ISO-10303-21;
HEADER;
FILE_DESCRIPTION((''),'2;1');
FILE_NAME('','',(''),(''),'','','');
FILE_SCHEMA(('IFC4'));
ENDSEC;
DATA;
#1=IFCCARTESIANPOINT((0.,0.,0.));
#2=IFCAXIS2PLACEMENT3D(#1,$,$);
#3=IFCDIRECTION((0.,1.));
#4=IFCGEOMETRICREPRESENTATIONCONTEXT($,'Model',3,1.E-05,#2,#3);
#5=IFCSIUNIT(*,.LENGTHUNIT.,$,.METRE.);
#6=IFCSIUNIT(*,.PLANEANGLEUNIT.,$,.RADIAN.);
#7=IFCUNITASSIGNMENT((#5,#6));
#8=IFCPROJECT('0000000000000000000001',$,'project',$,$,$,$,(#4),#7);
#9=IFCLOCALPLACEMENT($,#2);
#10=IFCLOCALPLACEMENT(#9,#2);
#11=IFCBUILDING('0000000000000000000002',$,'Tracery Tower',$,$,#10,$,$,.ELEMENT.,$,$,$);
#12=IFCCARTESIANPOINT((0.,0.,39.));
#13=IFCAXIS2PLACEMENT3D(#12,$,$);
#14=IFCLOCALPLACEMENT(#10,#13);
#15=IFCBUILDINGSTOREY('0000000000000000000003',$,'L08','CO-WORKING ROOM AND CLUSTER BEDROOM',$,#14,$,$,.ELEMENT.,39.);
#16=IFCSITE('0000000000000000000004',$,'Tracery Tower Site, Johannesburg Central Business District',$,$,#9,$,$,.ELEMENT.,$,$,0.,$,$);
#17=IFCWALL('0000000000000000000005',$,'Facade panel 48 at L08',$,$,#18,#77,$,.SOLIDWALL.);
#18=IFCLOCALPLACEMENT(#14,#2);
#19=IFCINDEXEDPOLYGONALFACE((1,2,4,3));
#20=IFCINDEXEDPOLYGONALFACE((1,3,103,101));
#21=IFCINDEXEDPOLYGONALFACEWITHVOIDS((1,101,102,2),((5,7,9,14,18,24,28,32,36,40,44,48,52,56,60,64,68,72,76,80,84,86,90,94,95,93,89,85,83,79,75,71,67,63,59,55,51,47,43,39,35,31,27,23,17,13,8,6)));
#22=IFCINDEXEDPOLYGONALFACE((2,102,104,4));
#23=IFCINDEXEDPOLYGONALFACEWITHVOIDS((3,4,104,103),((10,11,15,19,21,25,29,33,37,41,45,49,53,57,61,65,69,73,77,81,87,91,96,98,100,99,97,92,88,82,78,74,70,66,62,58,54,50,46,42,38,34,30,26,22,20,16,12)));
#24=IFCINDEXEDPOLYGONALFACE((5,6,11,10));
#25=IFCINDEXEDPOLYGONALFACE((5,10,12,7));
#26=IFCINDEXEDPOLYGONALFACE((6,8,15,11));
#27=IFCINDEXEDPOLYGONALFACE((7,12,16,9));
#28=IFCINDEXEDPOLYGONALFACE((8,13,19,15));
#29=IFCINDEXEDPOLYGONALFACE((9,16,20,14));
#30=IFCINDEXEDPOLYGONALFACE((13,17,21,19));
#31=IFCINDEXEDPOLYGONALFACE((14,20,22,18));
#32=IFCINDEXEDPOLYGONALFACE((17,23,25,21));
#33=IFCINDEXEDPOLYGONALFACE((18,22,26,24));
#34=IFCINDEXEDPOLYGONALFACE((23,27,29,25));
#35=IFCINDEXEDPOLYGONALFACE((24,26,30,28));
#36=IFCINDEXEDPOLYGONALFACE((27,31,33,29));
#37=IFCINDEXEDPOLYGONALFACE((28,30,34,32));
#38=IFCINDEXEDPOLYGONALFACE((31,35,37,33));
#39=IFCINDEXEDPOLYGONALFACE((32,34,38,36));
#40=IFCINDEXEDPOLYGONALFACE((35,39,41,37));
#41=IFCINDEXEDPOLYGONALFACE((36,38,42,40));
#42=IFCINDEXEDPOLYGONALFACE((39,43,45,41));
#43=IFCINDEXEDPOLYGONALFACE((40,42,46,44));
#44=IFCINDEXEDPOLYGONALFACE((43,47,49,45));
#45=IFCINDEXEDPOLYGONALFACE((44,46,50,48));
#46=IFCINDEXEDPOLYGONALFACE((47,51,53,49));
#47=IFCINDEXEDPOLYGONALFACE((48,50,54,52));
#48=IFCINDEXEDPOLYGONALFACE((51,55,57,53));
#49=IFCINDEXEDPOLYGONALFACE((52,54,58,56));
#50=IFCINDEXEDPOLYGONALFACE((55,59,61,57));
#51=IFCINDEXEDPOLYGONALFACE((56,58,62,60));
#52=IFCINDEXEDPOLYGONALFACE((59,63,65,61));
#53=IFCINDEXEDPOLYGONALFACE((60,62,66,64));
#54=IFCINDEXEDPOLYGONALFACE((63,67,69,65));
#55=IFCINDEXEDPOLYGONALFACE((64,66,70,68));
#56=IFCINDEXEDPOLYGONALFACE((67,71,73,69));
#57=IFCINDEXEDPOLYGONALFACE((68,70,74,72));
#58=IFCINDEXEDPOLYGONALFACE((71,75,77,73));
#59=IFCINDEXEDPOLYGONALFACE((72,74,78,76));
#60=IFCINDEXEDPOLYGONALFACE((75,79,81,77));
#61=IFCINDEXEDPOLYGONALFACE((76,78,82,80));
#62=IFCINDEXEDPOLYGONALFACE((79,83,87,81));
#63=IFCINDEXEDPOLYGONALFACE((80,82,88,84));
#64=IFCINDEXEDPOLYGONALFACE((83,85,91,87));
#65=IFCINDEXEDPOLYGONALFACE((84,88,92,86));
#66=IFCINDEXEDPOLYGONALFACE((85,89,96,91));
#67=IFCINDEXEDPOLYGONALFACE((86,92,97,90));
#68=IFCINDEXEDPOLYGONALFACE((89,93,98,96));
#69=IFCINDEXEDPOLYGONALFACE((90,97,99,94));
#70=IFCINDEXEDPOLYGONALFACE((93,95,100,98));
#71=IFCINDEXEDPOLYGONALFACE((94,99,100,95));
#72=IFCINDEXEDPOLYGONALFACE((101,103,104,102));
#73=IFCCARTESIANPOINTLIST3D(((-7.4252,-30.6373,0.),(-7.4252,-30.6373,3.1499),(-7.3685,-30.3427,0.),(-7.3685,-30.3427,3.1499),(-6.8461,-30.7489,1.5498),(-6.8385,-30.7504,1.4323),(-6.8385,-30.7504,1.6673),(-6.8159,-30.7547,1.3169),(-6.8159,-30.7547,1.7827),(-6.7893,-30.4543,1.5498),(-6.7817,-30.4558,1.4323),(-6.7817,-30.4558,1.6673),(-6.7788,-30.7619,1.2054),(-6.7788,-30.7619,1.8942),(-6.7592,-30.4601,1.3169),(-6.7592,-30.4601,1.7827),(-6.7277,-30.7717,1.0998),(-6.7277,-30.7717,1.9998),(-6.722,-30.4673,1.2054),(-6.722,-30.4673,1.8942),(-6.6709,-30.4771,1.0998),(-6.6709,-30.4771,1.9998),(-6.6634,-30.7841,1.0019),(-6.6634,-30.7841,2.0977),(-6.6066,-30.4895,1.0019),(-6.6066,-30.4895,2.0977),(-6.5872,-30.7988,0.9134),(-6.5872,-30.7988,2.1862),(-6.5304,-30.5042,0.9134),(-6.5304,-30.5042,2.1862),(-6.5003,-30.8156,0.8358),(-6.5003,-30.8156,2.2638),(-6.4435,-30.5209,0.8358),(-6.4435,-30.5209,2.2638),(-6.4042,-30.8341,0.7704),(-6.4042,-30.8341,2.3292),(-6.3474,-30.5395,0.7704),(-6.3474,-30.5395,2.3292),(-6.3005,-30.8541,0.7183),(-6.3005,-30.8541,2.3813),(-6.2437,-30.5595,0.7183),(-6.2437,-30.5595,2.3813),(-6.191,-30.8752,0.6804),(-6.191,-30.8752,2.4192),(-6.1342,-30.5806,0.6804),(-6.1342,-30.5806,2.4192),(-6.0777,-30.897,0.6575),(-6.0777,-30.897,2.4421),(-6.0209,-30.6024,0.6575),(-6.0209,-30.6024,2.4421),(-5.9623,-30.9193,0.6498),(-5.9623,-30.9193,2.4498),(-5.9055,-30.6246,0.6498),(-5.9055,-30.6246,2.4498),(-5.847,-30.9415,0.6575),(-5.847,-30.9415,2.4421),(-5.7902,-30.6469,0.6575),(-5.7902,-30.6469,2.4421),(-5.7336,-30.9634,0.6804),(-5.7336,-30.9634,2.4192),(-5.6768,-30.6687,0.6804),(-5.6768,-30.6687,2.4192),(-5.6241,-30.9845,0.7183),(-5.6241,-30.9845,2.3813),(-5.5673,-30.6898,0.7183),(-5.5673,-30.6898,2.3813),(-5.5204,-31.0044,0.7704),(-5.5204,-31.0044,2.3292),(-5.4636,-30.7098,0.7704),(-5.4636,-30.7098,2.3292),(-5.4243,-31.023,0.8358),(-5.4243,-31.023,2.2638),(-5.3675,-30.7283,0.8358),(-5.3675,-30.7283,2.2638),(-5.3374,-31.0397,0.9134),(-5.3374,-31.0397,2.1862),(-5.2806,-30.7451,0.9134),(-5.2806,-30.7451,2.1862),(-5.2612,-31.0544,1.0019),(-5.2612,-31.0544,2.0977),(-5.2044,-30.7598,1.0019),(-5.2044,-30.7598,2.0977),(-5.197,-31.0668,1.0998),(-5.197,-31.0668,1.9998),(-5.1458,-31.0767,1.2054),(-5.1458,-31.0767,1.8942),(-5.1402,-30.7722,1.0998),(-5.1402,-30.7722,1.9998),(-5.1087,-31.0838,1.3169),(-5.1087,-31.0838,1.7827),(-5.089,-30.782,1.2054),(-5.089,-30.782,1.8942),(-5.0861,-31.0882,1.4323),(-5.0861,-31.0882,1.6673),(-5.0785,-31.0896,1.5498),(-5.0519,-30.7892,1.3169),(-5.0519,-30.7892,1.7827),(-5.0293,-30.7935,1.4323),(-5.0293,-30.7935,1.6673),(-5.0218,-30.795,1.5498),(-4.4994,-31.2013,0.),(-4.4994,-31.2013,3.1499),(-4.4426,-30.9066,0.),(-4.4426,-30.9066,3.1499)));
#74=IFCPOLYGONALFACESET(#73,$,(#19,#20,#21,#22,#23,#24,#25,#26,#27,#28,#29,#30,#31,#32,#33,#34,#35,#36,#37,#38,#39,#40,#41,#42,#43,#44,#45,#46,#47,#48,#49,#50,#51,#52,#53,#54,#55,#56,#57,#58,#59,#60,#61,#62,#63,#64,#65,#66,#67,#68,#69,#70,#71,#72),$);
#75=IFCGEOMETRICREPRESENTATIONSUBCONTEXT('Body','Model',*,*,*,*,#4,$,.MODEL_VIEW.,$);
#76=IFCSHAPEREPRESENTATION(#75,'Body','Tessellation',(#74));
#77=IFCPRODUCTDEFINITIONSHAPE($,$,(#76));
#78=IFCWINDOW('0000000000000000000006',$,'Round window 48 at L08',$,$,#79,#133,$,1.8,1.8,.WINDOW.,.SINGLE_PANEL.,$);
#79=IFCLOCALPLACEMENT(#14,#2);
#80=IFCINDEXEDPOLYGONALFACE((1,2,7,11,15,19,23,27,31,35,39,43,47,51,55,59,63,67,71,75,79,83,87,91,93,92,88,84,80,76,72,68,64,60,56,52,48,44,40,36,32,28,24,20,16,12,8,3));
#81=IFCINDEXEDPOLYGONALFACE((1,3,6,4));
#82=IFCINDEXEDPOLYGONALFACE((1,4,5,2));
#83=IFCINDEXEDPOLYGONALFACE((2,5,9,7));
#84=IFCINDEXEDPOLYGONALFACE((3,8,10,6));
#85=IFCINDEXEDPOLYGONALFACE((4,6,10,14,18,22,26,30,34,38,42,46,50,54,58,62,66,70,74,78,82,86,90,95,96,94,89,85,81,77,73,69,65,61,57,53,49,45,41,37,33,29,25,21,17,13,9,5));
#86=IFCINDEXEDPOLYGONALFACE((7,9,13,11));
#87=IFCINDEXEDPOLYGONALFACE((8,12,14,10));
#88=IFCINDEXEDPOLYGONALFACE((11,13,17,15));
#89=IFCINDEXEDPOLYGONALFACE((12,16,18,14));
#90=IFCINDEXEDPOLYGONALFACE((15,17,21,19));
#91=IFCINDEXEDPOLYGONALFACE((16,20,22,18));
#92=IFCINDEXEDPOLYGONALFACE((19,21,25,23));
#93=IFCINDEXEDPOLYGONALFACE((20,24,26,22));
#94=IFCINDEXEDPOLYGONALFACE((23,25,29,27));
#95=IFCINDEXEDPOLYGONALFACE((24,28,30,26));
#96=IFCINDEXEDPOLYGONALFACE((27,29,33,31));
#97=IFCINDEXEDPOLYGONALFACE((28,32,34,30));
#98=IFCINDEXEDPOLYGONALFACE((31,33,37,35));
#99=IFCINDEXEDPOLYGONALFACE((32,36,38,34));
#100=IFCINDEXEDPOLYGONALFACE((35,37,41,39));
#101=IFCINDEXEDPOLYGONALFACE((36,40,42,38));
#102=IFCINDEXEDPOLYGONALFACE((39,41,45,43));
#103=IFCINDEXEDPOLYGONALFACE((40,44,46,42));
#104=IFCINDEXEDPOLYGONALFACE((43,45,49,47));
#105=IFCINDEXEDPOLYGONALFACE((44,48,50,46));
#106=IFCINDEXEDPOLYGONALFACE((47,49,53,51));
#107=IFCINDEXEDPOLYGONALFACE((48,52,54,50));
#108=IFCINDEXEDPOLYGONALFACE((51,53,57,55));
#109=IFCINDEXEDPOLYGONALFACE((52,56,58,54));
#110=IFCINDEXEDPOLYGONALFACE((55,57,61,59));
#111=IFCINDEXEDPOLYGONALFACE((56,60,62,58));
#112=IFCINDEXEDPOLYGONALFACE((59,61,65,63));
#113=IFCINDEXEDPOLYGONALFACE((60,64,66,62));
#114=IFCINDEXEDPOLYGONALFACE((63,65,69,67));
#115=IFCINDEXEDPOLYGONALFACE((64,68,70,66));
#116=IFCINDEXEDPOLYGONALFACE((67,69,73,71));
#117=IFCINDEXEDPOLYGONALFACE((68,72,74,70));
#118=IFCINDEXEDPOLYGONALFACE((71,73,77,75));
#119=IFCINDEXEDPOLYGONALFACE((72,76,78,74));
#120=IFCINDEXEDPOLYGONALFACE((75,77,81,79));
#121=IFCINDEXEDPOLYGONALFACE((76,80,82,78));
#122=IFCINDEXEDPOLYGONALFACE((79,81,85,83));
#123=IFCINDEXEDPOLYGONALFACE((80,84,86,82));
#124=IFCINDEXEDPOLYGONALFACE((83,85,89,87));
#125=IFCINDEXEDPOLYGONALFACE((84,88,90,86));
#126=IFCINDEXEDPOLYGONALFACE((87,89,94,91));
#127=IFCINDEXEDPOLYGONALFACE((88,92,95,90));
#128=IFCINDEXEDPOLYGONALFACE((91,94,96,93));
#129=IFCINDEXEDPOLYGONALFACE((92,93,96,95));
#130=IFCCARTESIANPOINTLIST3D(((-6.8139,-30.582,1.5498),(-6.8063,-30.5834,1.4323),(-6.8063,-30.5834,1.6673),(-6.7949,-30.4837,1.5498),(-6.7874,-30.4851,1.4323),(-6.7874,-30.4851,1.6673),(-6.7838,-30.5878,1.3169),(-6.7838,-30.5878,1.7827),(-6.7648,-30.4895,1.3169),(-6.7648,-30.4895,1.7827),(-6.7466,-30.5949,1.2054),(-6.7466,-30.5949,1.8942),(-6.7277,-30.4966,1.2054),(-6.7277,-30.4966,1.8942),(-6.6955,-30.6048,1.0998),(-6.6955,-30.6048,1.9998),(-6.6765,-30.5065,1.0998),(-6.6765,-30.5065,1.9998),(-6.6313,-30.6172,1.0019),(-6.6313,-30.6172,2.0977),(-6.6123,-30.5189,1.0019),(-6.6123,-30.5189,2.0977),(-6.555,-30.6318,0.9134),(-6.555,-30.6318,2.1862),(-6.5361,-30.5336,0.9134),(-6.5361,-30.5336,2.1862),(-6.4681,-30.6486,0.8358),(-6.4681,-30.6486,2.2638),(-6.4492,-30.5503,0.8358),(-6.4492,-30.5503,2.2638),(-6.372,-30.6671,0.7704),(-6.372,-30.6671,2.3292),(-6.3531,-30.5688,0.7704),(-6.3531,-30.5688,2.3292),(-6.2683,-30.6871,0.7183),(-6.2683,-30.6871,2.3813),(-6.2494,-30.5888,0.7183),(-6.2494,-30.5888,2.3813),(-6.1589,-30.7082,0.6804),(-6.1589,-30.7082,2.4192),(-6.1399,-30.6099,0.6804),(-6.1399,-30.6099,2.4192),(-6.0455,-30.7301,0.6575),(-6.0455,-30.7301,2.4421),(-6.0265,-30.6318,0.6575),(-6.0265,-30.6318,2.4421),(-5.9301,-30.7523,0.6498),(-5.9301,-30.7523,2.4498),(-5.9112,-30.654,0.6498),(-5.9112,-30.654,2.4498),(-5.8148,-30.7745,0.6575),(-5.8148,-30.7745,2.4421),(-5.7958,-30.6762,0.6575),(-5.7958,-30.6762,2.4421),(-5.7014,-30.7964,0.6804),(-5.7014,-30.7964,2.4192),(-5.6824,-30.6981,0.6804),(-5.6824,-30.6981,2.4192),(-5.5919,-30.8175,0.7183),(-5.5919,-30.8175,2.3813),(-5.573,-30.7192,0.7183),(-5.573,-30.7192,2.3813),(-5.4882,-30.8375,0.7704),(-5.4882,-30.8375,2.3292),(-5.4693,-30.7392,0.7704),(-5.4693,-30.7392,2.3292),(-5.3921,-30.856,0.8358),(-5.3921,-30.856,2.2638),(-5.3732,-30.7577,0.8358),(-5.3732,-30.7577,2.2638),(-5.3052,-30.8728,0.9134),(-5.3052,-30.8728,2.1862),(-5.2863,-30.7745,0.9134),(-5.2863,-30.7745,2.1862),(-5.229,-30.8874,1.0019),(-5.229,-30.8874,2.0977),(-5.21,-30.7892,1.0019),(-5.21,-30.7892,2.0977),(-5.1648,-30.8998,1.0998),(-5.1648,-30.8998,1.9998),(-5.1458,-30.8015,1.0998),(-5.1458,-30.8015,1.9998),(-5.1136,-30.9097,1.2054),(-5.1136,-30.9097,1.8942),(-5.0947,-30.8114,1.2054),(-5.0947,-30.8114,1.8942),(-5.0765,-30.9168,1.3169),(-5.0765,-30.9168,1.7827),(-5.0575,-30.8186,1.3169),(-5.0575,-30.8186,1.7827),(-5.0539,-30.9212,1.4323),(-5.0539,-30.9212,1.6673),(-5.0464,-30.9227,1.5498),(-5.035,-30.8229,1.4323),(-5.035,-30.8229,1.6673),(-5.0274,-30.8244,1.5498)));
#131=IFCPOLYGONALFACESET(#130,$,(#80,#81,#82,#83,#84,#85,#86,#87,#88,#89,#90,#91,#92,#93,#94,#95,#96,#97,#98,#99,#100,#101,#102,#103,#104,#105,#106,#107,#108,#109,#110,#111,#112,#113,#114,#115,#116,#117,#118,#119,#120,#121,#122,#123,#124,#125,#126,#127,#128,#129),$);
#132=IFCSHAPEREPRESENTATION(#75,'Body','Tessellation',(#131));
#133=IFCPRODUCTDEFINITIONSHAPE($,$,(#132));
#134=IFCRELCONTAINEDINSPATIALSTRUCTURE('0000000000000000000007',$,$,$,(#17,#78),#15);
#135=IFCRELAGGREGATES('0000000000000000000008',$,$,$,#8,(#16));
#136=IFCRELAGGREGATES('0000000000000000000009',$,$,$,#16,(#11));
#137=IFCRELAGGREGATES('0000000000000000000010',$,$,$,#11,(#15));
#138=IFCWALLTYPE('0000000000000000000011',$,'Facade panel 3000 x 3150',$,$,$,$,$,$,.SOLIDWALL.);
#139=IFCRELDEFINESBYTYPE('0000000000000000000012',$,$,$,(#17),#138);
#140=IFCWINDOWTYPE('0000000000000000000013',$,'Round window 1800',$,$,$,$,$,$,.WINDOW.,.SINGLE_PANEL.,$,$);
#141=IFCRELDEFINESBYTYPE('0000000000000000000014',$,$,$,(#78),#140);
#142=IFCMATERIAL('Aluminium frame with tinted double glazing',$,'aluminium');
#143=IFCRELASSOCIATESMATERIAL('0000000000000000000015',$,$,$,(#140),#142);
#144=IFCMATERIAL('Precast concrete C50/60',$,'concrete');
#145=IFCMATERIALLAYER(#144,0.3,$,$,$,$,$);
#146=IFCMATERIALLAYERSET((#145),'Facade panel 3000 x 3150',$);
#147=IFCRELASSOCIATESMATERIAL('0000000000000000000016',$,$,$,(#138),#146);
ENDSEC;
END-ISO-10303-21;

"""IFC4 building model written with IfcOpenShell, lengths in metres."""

from ifc_helpers import new_model, si_unit, direction, frame, frame_2d, origin, origin_2d, place, context, subcontext, project, spatial, rectangle, circle, extrude, material, layer, layer_set, type_object, element, fill, save


model = new_model("IFC4")

# Units and contexts
model_context = context("Model", 3, precision=1e-05, world=origin(), true_north=direction((0.0, 1.0)))
body_context = subcontext(model_context, "Body", "Model", "MODEL_VIEW")
ifc_project = project(units=[si_unit("LENGTHUNIT", "METRE"), si_unit("PLANEANGLEUNIT", "RADIAN")], contexts=[model_context])

# Site, building, storey
site_placement = place(None, origin())
site = spatial("IfcSite", under=ifc_project, at=site_placement, Name="Tracery Tower Site, Johannesburg Central Business District", CompositionType="ELEMENT", RefElevation=0.0)
building_placement = place(site_placement, origin())
building = spatial("IfcBuilding", under=site, at=building_placement, Name="Tracery Tower", CompositionType="ELEMENT")
storey_placement = place(building_placement, frame((0.0, 0.0, 39.0)))
storey = spatial("IfcBuildingStorey", under=building, at=storey_placement, Name="L08", Description="CO-WORKING ROOM AND CLUSTER BEDROOM", CompositionType="ELEMENT", Elevation=39.0)

# Wall, opening, window
ifc_material_1 = material(Name="Aluminium frame with tinted double glazing", Category="aluminium")
window_type = type_object("IfcWindowType", Name="Round window 1800", PartitioningType="SINGLE_PANEL", PredefinedType="WINDOW", material=ifc_material_1)
ifc_material_2 = material(Name="Precast concrete C50/60", Category="concrete")
ifc_layer_1 = layer(ifc_material_2, 0.3)
ifc_layer_set_1 = layer_set([ifc_layer_1], Name="Facade panel 3000 x 3150")
wall_type_1 = type_object("IfcWallType", Name="Facade panel 3000 x 3150", PredefinedType="SOLIDWALL", material=ifc_layer_set_1)
wall_1_placement = place(storey_placement, frame((-7.3967, -30.49, 0.0), z_axis=(0.0, 0.0, 1.0), x_axis=(0.981925, -0.189273, 0.0)))
wall_1 = element("IfcWall", 1, at=wall_1_placement, inside=storey, type_object=wall_type_1, Name="Facade panel 48 at L08", PredefinedType="SOLIDWALL", context=body_context, shape_type="SweptSolid", body=[
    extrude(rectangle(XDim=2.9797, YDim=0.3, at=frame_2d((1.4897, 0.0))), origin(), (0.0, 0.0, 1.0), 3.1499),
])
opening_1_placement = place(wall_1_placement, frame((1.4897, 0.0, 1.5498)))
opening_1 = element("IfcOpeningElement", 2, at=opening_1_placement, cuts=wall_1, PredefinedType="OPENING", context=body_context, shape_type="SweptSolid", body=[
    extrude(circle(Radius=0.9, at=origin_2d()), frame((0.0, 0.1599, 0.0), z_axis=(0.0, -1.0, 0.0), x_axis=(1.0, 0.0, 0.0)), (0.0, 0.0, 1.0), 0.3201),
])
window_1_placement = place(opening_1_placement, origin())
window_1 = element("IfcWindow", 3, at=window_1_placement, inside=storey, type_object=window_type, Name="Round window 48 at L08", OverallHeight=1.8, OverallWidth=1.8, PartitioningType="SINGLE_PANEL", PredefinedType="WINDOW", context=body_context, shape_type="SweptSolid", body=[
    extrude(circle(Radius=0.9, at=origin_2d()), frame((0.0, 0.1201, 0.0), z_axis=(0.0, -1.0, 0.0), x_axis=(1.0, 0.0, 0.0)), (0.0, 0.0, 1.0), 0.1001),
])
fill(opening_1, window_1)

save(model, "model.ifc")
